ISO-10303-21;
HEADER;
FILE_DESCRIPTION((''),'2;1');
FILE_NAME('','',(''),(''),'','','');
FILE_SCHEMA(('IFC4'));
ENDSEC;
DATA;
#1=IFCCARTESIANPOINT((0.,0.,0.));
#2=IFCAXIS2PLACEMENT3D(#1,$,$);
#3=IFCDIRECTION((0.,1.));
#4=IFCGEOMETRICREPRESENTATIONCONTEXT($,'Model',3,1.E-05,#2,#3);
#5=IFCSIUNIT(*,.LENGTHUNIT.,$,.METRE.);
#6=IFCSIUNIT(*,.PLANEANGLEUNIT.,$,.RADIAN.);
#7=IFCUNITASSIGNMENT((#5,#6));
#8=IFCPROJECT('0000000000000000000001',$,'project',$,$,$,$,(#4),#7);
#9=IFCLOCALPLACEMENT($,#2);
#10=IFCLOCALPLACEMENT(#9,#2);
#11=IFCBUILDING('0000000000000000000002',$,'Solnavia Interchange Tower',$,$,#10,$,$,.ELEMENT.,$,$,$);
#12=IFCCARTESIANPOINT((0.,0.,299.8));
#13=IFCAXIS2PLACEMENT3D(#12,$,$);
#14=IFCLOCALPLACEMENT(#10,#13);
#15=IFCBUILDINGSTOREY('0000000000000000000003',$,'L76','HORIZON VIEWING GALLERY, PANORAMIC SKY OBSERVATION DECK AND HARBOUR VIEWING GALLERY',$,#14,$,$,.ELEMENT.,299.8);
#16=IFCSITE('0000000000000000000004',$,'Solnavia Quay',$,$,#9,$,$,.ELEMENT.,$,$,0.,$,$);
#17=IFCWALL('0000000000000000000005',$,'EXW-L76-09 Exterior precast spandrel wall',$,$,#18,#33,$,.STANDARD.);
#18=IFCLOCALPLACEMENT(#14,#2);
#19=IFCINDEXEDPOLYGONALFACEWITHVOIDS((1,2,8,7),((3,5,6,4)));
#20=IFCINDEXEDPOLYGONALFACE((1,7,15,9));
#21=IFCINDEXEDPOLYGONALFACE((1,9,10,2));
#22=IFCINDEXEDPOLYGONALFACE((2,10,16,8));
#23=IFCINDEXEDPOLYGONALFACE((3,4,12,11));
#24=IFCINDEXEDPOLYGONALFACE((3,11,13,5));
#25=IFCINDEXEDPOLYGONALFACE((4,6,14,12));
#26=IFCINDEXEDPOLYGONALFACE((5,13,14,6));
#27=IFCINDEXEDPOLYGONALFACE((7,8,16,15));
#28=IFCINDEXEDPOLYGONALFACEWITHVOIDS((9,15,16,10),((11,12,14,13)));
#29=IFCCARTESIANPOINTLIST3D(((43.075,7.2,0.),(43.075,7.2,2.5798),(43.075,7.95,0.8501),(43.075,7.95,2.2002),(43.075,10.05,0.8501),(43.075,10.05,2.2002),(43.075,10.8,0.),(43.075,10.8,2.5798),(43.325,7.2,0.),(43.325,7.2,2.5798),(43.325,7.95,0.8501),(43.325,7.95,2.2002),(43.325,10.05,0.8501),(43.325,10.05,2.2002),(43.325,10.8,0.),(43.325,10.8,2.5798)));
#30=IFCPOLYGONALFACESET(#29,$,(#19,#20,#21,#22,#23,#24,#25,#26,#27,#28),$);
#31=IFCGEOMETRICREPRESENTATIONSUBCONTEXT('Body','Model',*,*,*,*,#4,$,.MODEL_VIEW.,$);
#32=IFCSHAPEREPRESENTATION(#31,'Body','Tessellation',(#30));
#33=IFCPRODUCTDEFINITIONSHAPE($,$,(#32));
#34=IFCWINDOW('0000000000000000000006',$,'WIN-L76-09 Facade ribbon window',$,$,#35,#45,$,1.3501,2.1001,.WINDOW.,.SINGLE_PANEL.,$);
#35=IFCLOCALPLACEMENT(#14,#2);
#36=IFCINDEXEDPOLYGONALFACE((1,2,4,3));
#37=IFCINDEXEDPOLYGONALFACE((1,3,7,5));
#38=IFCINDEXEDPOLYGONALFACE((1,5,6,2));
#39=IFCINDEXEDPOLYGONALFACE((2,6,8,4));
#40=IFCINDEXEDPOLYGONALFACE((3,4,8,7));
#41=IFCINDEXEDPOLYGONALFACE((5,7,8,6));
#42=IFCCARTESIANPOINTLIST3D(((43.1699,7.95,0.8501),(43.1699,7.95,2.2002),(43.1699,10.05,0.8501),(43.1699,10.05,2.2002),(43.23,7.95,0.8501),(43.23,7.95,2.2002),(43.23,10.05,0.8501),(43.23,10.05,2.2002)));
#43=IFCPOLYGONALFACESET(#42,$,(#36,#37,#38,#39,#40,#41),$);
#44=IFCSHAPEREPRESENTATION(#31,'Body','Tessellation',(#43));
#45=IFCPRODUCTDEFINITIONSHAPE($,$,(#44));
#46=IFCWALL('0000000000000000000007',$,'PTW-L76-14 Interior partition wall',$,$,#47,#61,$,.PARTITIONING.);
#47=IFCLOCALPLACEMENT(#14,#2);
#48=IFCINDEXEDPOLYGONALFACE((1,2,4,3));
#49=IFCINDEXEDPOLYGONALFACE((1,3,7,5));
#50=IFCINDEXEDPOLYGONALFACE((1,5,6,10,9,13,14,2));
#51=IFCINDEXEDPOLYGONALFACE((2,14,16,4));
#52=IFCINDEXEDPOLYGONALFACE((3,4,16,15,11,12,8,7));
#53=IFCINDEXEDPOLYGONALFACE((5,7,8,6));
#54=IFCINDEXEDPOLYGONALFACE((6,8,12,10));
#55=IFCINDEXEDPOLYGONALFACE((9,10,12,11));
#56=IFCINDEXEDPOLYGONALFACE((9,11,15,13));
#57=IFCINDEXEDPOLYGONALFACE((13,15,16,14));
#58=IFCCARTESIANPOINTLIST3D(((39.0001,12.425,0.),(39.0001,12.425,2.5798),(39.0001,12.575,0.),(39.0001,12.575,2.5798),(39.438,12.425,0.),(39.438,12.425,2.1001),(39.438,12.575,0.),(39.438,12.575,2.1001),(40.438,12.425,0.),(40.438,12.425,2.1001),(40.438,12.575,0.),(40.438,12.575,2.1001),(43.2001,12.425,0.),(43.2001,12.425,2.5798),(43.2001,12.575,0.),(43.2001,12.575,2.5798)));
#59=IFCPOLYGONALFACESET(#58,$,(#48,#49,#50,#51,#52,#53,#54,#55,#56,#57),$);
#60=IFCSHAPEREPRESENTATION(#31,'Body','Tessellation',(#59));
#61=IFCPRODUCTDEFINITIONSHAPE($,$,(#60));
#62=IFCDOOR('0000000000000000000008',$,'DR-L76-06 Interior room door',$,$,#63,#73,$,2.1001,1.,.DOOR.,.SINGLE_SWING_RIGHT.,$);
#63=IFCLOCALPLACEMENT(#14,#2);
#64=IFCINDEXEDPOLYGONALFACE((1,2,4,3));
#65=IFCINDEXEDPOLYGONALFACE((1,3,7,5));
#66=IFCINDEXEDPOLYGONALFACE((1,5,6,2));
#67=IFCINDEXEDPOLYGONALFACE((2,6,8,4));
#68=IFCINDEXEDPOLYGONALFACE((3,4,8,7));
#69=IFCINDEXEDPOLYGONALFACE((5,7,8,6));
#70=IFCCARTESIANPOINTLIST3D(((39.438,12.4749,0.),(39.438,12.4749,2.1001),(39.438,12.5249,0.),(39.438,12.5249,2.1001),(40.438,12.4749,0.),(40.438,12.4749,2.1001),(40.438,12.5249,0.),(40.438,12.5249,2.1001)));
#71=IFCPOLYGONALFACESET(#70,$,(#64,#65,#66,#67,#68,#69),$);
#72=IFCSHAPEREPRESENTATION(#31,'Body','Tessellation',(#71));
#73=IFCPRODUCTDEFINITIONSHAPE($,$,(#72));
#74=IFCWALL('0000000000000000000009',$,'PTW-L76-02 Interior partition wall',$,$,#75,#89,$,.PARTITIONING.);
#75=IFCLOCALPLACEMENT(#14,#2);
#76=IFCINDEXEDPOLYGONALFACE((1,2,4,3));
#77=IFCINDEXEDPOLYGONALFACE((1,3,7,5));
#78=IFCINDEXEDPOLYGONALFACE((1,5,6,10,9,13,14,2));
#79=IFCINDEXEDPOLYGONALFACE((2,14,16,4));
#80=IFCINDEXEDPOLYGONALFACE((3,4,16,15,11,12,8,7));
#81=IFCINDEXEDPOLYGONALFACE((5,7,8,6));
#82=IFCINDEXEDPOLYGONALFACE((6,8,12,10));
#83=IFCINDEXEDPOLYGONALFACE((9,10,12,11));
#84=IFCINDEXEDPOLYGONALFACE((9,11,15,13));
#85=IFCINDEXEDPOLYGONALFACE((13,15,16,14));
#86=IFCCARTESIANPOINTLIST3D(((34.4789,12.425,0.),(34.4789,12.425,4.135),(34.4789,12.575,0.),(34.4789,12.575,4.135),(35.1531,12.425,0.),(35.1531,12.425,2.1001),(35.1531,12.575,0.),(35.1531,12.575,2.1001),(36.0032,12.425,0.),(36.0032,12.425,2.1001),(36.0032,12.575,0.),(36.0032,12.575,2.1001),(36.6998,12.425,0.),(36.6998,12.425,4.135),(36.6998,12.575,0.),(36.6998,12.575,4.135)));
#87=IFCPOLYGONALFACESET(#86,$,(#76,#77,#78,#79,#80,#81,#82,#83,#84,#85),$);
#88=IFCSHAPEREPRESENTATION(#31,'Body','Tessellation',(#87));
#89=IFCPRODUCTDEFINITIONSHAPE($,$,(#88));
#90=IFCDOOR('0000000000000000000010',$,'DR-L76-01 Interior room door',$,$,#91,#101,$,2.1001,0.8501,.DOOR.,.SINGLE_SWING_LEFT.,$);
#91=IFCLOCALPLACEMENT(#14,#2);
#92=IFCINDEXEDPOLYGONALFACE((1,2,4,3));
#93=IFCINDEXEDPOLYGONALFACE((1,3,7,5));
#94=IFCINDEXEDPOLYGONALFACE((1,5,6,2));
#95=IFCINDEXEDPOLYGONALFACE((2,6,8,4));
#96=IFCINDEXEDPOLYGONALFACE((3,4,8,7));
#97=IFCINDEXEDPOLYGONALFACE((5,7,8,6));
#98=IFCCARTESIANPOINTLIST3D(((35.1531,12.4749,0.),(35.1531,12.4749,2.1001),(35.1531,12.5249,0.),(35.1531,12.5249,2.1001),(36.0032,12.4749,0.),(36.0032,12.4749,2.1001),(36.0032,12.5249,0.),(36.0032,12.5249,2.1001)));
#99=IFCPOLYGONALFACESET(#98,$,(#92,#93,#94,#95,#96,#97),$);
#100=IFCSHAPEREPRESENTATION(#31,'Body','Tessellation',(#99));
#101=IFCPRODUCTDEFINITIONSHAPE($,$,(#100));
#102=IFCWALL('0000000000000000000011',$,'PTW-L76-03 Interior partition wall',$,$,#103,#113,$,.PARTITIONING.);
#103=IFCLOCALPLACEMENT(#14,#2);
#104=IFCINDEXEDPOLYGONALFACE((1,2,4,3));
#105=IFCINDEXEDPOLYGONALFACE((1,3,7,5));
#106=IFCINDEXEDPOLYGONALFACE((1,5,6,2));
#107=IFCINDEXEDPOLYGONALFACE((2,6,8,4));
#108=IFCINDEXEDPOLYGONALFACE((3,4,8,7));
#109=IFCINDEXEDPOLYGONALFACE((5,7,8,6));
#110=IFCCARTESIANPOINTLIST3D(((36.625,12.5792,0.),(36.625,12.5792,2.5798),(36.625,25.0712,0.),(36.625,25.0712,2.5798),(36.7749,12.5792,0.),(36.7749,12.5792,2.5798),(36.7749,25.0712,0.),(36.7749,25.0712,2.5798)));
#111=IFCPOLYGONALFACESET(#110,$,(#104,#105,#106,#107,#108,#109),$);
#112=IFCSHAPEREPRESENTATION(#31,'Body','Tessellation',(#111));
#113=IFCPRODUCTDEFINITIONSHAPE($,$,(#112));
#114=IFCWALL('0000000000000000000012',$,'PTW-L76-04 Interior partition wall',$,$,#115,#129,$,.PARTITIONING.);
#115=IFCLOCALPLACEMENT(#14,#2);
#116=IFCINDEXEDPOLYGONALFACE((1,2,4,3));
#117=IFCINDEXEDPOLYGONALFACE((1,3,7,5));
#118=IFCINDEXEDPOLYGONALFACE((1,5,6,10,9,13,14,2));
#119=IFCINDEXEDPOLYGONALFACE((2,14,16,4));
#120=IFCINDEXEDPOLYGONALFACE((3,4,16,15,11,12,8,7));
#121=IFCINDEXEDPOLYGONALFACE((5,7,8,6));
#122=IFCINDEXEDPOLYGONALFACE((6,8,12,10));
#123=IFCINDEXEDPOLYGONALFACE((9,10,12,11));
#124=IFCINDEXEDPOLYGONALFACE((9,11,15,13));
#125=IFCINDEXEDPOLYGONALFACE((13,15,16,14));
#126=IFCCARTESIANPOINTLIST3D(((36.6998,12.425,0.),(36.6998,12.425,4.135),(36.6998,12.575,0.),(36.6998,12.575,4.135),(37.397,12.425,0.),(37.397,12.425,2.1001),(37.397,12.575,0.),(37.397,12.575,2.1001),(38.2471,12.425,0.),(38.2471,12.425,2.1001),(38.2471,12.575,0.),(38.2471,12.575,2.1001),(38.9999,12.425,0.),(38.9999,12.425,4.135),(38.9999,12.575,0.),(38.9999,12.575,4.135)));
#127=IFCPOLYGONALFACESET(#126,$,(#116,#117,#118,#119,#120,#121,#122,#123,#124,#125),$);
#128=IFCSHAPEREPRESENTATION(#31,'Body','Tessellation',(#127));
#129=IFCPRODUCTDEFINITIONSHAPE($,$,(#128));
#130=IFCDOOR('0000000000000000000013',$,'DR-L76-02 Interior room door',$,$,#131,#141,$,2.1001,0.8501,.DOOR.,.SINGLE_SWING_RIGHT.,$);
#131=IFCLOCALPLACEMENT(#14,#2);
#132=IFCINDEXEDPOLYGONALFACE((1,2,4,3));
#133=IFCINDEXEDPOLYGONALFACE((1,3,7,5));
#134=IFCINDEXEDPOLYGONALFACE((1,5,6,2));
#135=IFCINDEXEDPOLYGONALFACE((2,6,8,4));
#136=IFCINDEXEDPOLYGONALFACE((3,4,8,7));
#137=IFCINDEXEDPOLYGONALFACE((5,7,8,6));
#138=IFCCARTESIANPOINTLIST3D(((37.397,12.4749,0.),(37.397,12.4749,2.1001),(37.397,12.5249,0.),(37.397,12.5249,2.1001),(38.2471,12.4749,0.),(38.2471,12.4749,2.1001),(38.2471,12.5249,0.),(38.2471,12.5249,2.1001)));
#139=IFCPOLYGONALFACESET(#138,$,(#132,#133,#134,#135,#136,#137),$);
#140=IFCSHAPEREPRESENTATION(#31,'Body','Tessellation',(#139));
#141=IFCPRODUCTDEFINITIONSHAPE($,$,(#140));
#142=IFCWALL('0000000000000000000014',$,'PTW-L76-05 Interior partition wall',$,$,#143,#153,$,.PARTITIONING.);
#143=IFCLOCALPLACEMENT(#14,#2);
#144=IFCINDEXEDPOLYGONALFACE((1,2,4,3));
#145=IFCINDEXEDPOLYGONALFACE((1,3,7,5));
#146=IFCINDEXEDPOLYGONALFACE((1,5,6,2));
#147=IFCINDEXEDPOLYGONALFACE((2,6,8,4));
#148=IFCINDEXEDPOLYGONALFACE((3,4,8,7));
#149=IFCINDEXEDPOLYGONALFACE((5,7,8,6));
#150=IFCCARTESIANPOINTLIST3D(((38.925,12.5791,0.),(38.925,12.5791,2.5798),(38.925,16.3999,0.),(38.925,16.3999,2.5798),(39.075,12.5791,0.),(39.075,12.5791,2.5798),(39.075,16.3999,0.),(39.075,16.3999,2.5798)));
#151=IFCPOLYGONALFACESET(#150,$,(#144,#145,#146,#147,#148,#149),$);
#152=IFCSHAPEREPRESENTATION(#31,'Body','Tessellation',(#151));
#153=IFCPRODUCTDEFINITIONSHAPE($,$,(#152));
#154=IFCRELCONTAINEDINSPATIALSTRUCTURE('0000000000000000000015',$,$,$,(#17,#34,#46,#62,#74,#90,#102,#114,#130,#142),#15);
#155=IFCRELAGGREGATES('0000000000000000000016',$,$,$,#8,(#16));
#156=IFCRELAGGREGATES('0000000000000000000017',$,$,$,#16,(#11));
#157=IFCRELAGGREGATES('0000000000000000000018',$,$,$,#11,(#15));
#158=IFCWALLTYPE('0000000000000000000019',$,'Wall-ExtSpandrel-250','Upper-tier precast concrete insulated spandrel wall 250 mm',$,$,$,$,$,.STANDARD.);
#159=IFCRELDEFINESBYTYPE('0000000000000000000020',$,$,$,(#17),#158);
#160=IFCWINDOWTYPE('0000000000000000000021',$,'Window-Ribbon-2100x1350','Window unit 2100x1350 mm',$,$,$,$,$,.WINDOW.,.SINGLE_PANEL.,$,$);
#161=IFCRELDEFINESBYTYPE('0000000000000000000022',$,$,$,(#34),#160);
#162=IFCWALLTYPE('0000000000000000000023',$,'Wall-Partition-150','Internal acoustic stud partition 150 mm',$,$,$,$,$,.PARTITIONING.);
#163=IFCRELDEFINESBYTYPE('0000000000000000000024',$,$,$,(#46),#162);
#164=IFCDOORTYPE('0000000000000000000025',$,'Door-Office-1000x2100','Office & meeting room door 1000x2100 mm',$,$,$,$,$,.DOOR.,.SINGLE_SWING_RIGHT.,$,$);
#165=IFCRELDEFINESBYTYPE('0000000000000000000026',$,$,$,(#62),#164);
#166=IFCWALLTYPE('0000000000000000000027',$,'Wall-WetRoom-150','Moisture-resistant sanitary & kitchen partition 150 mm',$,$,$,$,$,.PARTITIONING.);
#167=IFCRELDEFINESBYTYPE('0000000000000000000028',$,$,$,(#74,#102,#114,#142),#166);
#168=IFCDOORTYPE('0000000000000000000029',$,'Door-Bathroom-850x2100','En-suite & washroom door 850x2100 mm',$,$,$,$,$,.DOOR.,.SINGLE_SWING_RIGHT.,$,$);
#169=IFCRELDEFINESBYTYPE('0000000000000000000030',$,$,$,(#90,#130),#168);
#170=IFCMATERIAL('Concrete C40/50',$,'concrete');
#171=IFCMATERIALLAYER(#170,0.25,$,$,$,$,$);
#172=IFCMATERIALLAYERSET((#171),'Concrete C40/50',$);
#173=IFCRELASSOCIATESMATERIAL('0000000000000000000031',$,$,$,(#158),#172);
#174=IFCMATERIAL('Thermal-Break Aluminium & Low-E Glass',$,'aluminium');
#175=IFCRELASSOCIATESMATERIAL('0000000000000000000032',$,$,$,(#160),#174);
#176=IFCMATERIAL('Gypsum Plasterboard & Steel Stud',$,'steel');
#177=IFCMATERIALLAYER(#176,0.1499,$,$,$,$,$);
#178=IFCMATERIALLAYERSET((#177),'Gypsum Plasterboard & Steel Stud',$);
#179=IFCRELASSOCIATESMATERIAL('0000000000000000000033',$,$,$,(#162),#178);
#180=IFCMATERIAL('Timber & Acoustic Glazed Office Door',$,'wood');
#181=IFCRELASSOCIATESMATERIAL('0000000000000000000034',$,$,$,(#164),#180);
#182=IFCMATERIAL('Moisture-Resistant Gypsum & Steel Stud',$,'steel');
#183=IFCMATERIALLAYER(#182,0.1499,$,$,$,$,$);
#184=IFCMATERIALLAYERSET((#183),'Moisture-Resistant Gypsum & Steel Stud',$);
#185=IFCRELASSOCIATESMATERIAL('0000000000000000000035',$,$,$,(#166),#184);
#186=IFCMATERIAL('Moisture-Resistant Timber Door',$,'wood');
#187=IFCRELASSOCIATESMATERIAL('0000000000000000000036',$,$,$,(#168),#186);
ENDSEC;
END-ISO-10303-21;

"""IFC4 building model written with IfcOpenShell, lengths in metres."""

from ifc_helpers import new_model, si_unit, direction, frame, frame_2d, origin, place, context, subcontext, project, spatial, rectangle, extrude, material, layer, layer_set, type_object, element, fill, save


model = new_model("IFC4")

# Units and contexts
model_context = context("Model", 3, precision=1e-05, world=origin(), true_north=direction((0.0, 1.0)))
body_context = subcontext(model_context, "Body", "Model", "MODEL_VIEW")
ifc_project = project(units=[si_unit("LENGTHUNIT", "METRE"), si_unit("PLANEANGLEUNIT", "RADIAN")], contexts=[model_context])

# Site, building, storey
site_placement = place(None, origin())
site = spatial("IfcSite", under=ifc_project, at=site_placement, Name="Solnavia Quay", CompositionType="ELEMENT", RefElevation=0.0)
building_placement = place(site_placement, origin())
building = spatial("IfcBuilding", under=site, at=building_placement, Name="Solnavia Interchange Tower", CompositionType="ELEMENT")
storey_placement = place(building_placement, frame((0.0, 0.0, 299.8)))
storey = spatial("IfcBuildingStorey", under=building, at=storey_placement, Name="L76", Description="HORIZON VIEWING GALLERY, PANORAMIC SKY OBSERVATION DECK AND HARBOUR VIEWING GALLERY", CompositionType="ELEMENT", Elevation=299.8)

# Wall, opening, window
ifc_material_1 = material(Name="Concrete C40/50", Category="concrete")
ifc_layer_1 = layer(ifc_material_1, 0.25)
ifc_layer_set_1 = layer_set([ifc_layer_1], Name="Concrete C40/50")
wall_type_1 = type_object("IfcWallType", Name="Wall-ExtSpandrel-250", Description="Upper-tier precast concrete insulated spandrel wall 250 mm", PredefinedType="STANDARD", material=ifc_layer_set_1)
wall_1_placement = place(storey_placement, frame((43.2, 10.8, 0.0), z_axis=(0.0, 0.0, 1.0), x_axis=(0.0, -1.0, 0.0)))
wall_1 = element("IfcWall", 1, at=wall_1_placement, inside=storey, type_object=wall_type_1, Name="EXW-L76-09 Exterior precast spandrel wall", PredefinedType="STANDARD", context=body_context, shape_type="SweptSolid", body=[
    extrude(rectangle(XDim=3.6001, YDim=0.25, at=frame_2d((1.8, 0.0))), origin(), (0.0, 0.0, 1.0), 2.5798),
])
opening_1_placement = place(wall_1_placement, frame((0.75, 0.0, 0.8501)))
opening_1 = element("IfcOpeningElement", 2, at=opening_1_placement, cuts=wall_1, PredefinedType="OPENING", context=body_context, shape_type="SweptSolid", body=[
    extrude(rectangle(XDim=2.1001, YDim=1.3501, at=frame_2d((1.05, 0.675))), frame((0.0, 0.135, 0.0), z_axis=(0.0, -1.0, 0.0), x_axis=(1.0, 0.0, 0.0)), (0.0, 0.0, 1.0), 0.27),
])
ifc_material_2 = material(Name="Thermal-Break Aluminium & Low-E Glass", Category="aluminium")
window_type = type_object("IfcWindowType", Name="Window-Ribbon-2100x1350", Description="Window unit 2100x1350 mm", PartitioningType="SINGLE_PANEL", PredefinedType="WINDOW", material=ifc_material_2)
window_placement = place(opening_1_placement, origin())
window = element("IfcWindow", 3, at=window_placement, inside=storey, type_object=window_type, Name="WIN-L76-09 Facade ribbon window", OverallHeight=1.3501, OverallWidth=2.1001, PartitioningType="SINGLE_PANEL", PredefinedType="WINDOW", context=body_context, shape_type="SweptSolid", body=[
    extrude(rectangle(XDim=2.1001, YDim=1.3501, at=frame_2d((1.05, 0.675))), frame((0.0, 0.03, 0.0), z_axis=(0.0, -1.0, 0.0), x_axis=(1.0, 0.0, 0.0)), (0.0, 0.0, 1.0), 0.0601),
])
fill(opening_1, window)

# Walls, openings, doors
ifc_material_3 = material(Name="Gypsum Plasterboard & Steel Stud", Category="steel")
ifc_layer_2 = layer(ifc_material_3, 0.1499)
ifc_layer_set_2 = layer_set([ifc_layer_2], Name="Gypsum Plasterboard & Steel Stud")
wall_type_2 = type_object("IfcWallType", Name="Wall-Partition-150", Description="Internal acoustic stud partition 150 mm", PredefinedType="PARTITIONING", material=ifc_layer_set_2)
wall_2_placement = place(storey_placement, frame((39.0, 12.5, 0.0), z_axis=(0.0, 0.0, 1.0), x_axis=(1.0, 0.0, 0.0)))
wall_2 = element("IfcWall", 4, at=wall_2_placement, inside=storey, type_object=wall_type_2, Name="PTW-L76-14 Interior partition wall", PredefinedType="PARTITIONING", context=body_context, shape_type="SweptSolid", body=[
    extrude(rectangle(XDim=4.2, YDim=0.1499, at=frame_2d((2.1001, 0.0))), origin(), (0.0, 0.0, 1.0), 2.5798),
])
opening_2_placement = place(wall_2_placement, frame((0.438, 0.0, 0.0)))
opening_2 = element("IfcOpeningElement", 5, at=opening_2_placement, cuts=wall_2, PredefinedType="OPENING", context=body_context, shape_type="SweptSolid", body=[
    extrude(rectangle(XDim=1.0, YDim=2.1001, at=frame_2d((0.5, 1.05))), frame((0.0, 0.085, 0.0), z_axis=(0.0, -1.0, 0.0), x_axis=(1.0, 0.0, 0.0)), (0.0, 0.0, 1.0), 0.1699),
])
ifc_material_4 = material(Name="Timber & Acoustic Glazed Office Door", Category="wood")
door_type_1 = type_object("IfcDoorType", Name="Door-Office-1000x2100", Description="Office & meeting room door 1000x2100 mm", OperationType="SINGLE_SWING_RIGHT", PredefinedType="DOOR", material=ifc_material_4)
door_1_placement = place(opening_2_placement, origin())
door_1 = element("IfcDoor", 6, at=door_1_placement, inside=storey, type_object=door_type_1, Name="DR-L76-06 Interior room door", OperationType="SINGLE_SWING_RIGHT", OverallHeight=2.1001, OverallWidth=1.0, PredefinedType="DOOR", context=body_context, shape_type="SweptSolid", body=[
    extrude(rectangle(XDim=1.0, YDim=2.1001, at=frame_2d((0.5, 1.05))), frame((0.0, 0.0249, 0.0), z_axis=(0.0, -1.0, 0.0), x_axis=(1.0, 0.0, 0.0)), (0.0, 0.0, 1.0), 0.05),
])
fill(opening_2, door_1)
ifc_material_5 = material(Name="Moisture-Resistant Gypsum & Steel Stud", Category="steel")
ifc_layer_3 = layer(ifc_material_5, 0.1499)
ifc_layer_set_3 = layer_set([ifc_layer_3], Name="Moisture-Resistant Gypsum & Steel Stud")
wall_type_3 = type_object("IfcWallType", Name="Wall-WetRoom-150", Description="Moisture-resistant sanitary & kitchen partition 150 mm", PredefinedType="PARTITIONING", material=ifc_layer_set_3)
wall_3_placement = place(storey_placement, frame((34.479, 12.5, 0.0), z_axis=(0.0, 0.0, 1.0), x_axis=(1.0, 0.0, 0.0)))
wall_3 = element("IfcWall", 7, at=wall_3_placement, inside=storey, type_object=wall_type_3, Name="PTW-L76-02 Interior partition wall", PredefinedType="PARTITIONING", context=body_context, shape_type="SweptSolid", body=[
    extrude(rectangle(XDim=2.2209, YDim=0.1499, at=frame_2d((1.1104, 0.0))), origin(), (0.0, 0.0, 1.0), 4.135),
])
opening_3_placement = place(wall_3_placement, frame((0.6741, 0.0, 0.0)))
opening_3 = element("IfcOpeningElement", 8, at=opening_3_placement, cuts=wall_3, PredefinedType="OPENING", context=body_context, shape_type="SweptSolid", body=[
    extrude(rectangle(XDim=0.8501, YDim=2.1001, at=frame_2d((0.425, 1.05))), frame((0.0, 0.085, 0.0), z_axis=(0.0, -1.0, 0.0), x_axis=(1.0, 0.0, 0.0)), (0.0, 0.0, 1.0), 0.1699),
])
ifc_material_6 = material(Name="Moisture-Resistant Timber Door", Category="wood")
door_type_2 = type_object("IfcDoorType", Name="Door-Bathroom-850x2100", Description="En-suite & washroom door 850x2100 mm", OperationType="SINGLE_SWING_RIGHT", PredefinedType="DOOR", material=ifc_material_6)
door_2_placement = place(opening_3_placement, origin())
door_2 = element("IfcDoor", 9, at=door_2_placement, inside=storey, type_object=door_type_2, Name="DR-L76-01 Interior room door", OperationType="SINGLE_SWING_LEFT", OverallHeight=2.1001, OverallWidth=0.8501, PredefinedType="DOOR", context=body_context, shape_type="SweptSolid", body=[
    extrude(rectangle(XDim=0.8501, YDim=2.1001, at=frame_2d((0.425, 1.05))), frame((0.0, 0.0249, 0.0), z_axis=(0.0, -1.0, 0.0), x_axis=(1.0, 0.0, 0.0)), (0.0, 0.0, 1.0), 0.05),
])
fill(opening_3, door_2)

# Wall
wall_4_placement = place(storey_placement, frame((36.7, 12.5791, 0.0), z_axis=(0.0, 0.0, 1.0), x_axis=(0.0, 1.0, 0.0)))
element("IfcWall", 10, at=wall_4_placement, inside=storey, type_object=wall_type_3, Name="PTW-L76-03 Interior partition wall", PredefinedType="PARTITIONING", context=body_context, shape_type="SweptSolid", body=[
    extrude(rectangle(XDim=12.4919, YDim=0.1499, at=frame_2d((6.2461, 0.0))), origin(), (0.0, 0.0, 1.0), 2.5798),
])

# Wall, opening, door
wall_5_placement = place(storey_placement, frame((36.7, 12.5, 0.0), z_axis=(0.0, 0.0, 1.0), x_axis=(1.0, 0.0, 0.0)))
wall_5 = element("IfcWall", 11, at=wall_5_placement, inside=storey, type_object=wall_type_3, Name="PTW-L76-04 Interior partition wall", PredefinedType="PARTITIONING", context=body_context, shape_type="SweptSolid", body=[
    extrude(rectangle(XDim=2.3, YDim=0.1499, at=frame_2d((1.1499, 0.0))), origin(), (0.0, 0.0, 1.0), 4.135),
])
opening_4_placement = place(wall_5_placement, frame((0.697, 0.0, 0.0)))
opening_4 = element("IfcOpeningElement", 12, at=opening_4_placement, cuts=wall_5, PredefinedType="OPENING", context=body_context, shape_type="SweptSolid", body=[
    extrude(rectangle(XDim=0.8501, YDim=2.1001, at=frame_2d((0.425, 1.05))), frame((0.0, 0.085, 0.0), z_axis=(0.0, -1.0, 0.0), x_axis=(1.0, 0.0, 0.0)), (0.0, 0.0, 1.0), 0.1699),
])
door_3_placement = place(opening_4_placement, origin())
door_3 = element("IfcDoor", 13, at=door_3_placement, inside=storey, type_object=door_type_2, Name="DR-L76-02 Interior room door", OperationType="SINGLE_SWING_RIGHT", OverallHeight=2.1001, OverallWidth=0.8501, PredefinedType="DOOR", context=body_context, shape_type="SweptSolid", body=[
    extrude(rectangle(XDim=0.8501, YDim=2.1001, at=frame_2d((0.425, 1.05))), frame((0.0, 0.0249, 0.0), z_axis=(0.0, -1.0, 0.0), x_axis=(1.0, 0.0, 0.0)), (0.0, 0.0, 1.0), 0.05),
])
fill(opening_4, door_3)

# Wall
wall_6_placement = place(storey_placement, frame((39.0, 12.5791, 0.0), z_axis=(0.0, 0.0, 1.0), x_axis=(0.0, 1.0, 0.0)))
element("IfcWall", 14, at=wall_6_placement, inside=storey, type_object=wall_type_3, Name="PTW-L76-05 Interior partition wall", PredefinedType="PARTITIONING", context=body_context, shape_type="SweptSolid", body=[
    extrude(rectangle(XDim=3.8208, YDim=0.1499, at=frame_2d((1.9104, 0.0))), origin(), (0.0, 0.0, 1.0), 2.5798),
])

save(model, "model.ifc")
